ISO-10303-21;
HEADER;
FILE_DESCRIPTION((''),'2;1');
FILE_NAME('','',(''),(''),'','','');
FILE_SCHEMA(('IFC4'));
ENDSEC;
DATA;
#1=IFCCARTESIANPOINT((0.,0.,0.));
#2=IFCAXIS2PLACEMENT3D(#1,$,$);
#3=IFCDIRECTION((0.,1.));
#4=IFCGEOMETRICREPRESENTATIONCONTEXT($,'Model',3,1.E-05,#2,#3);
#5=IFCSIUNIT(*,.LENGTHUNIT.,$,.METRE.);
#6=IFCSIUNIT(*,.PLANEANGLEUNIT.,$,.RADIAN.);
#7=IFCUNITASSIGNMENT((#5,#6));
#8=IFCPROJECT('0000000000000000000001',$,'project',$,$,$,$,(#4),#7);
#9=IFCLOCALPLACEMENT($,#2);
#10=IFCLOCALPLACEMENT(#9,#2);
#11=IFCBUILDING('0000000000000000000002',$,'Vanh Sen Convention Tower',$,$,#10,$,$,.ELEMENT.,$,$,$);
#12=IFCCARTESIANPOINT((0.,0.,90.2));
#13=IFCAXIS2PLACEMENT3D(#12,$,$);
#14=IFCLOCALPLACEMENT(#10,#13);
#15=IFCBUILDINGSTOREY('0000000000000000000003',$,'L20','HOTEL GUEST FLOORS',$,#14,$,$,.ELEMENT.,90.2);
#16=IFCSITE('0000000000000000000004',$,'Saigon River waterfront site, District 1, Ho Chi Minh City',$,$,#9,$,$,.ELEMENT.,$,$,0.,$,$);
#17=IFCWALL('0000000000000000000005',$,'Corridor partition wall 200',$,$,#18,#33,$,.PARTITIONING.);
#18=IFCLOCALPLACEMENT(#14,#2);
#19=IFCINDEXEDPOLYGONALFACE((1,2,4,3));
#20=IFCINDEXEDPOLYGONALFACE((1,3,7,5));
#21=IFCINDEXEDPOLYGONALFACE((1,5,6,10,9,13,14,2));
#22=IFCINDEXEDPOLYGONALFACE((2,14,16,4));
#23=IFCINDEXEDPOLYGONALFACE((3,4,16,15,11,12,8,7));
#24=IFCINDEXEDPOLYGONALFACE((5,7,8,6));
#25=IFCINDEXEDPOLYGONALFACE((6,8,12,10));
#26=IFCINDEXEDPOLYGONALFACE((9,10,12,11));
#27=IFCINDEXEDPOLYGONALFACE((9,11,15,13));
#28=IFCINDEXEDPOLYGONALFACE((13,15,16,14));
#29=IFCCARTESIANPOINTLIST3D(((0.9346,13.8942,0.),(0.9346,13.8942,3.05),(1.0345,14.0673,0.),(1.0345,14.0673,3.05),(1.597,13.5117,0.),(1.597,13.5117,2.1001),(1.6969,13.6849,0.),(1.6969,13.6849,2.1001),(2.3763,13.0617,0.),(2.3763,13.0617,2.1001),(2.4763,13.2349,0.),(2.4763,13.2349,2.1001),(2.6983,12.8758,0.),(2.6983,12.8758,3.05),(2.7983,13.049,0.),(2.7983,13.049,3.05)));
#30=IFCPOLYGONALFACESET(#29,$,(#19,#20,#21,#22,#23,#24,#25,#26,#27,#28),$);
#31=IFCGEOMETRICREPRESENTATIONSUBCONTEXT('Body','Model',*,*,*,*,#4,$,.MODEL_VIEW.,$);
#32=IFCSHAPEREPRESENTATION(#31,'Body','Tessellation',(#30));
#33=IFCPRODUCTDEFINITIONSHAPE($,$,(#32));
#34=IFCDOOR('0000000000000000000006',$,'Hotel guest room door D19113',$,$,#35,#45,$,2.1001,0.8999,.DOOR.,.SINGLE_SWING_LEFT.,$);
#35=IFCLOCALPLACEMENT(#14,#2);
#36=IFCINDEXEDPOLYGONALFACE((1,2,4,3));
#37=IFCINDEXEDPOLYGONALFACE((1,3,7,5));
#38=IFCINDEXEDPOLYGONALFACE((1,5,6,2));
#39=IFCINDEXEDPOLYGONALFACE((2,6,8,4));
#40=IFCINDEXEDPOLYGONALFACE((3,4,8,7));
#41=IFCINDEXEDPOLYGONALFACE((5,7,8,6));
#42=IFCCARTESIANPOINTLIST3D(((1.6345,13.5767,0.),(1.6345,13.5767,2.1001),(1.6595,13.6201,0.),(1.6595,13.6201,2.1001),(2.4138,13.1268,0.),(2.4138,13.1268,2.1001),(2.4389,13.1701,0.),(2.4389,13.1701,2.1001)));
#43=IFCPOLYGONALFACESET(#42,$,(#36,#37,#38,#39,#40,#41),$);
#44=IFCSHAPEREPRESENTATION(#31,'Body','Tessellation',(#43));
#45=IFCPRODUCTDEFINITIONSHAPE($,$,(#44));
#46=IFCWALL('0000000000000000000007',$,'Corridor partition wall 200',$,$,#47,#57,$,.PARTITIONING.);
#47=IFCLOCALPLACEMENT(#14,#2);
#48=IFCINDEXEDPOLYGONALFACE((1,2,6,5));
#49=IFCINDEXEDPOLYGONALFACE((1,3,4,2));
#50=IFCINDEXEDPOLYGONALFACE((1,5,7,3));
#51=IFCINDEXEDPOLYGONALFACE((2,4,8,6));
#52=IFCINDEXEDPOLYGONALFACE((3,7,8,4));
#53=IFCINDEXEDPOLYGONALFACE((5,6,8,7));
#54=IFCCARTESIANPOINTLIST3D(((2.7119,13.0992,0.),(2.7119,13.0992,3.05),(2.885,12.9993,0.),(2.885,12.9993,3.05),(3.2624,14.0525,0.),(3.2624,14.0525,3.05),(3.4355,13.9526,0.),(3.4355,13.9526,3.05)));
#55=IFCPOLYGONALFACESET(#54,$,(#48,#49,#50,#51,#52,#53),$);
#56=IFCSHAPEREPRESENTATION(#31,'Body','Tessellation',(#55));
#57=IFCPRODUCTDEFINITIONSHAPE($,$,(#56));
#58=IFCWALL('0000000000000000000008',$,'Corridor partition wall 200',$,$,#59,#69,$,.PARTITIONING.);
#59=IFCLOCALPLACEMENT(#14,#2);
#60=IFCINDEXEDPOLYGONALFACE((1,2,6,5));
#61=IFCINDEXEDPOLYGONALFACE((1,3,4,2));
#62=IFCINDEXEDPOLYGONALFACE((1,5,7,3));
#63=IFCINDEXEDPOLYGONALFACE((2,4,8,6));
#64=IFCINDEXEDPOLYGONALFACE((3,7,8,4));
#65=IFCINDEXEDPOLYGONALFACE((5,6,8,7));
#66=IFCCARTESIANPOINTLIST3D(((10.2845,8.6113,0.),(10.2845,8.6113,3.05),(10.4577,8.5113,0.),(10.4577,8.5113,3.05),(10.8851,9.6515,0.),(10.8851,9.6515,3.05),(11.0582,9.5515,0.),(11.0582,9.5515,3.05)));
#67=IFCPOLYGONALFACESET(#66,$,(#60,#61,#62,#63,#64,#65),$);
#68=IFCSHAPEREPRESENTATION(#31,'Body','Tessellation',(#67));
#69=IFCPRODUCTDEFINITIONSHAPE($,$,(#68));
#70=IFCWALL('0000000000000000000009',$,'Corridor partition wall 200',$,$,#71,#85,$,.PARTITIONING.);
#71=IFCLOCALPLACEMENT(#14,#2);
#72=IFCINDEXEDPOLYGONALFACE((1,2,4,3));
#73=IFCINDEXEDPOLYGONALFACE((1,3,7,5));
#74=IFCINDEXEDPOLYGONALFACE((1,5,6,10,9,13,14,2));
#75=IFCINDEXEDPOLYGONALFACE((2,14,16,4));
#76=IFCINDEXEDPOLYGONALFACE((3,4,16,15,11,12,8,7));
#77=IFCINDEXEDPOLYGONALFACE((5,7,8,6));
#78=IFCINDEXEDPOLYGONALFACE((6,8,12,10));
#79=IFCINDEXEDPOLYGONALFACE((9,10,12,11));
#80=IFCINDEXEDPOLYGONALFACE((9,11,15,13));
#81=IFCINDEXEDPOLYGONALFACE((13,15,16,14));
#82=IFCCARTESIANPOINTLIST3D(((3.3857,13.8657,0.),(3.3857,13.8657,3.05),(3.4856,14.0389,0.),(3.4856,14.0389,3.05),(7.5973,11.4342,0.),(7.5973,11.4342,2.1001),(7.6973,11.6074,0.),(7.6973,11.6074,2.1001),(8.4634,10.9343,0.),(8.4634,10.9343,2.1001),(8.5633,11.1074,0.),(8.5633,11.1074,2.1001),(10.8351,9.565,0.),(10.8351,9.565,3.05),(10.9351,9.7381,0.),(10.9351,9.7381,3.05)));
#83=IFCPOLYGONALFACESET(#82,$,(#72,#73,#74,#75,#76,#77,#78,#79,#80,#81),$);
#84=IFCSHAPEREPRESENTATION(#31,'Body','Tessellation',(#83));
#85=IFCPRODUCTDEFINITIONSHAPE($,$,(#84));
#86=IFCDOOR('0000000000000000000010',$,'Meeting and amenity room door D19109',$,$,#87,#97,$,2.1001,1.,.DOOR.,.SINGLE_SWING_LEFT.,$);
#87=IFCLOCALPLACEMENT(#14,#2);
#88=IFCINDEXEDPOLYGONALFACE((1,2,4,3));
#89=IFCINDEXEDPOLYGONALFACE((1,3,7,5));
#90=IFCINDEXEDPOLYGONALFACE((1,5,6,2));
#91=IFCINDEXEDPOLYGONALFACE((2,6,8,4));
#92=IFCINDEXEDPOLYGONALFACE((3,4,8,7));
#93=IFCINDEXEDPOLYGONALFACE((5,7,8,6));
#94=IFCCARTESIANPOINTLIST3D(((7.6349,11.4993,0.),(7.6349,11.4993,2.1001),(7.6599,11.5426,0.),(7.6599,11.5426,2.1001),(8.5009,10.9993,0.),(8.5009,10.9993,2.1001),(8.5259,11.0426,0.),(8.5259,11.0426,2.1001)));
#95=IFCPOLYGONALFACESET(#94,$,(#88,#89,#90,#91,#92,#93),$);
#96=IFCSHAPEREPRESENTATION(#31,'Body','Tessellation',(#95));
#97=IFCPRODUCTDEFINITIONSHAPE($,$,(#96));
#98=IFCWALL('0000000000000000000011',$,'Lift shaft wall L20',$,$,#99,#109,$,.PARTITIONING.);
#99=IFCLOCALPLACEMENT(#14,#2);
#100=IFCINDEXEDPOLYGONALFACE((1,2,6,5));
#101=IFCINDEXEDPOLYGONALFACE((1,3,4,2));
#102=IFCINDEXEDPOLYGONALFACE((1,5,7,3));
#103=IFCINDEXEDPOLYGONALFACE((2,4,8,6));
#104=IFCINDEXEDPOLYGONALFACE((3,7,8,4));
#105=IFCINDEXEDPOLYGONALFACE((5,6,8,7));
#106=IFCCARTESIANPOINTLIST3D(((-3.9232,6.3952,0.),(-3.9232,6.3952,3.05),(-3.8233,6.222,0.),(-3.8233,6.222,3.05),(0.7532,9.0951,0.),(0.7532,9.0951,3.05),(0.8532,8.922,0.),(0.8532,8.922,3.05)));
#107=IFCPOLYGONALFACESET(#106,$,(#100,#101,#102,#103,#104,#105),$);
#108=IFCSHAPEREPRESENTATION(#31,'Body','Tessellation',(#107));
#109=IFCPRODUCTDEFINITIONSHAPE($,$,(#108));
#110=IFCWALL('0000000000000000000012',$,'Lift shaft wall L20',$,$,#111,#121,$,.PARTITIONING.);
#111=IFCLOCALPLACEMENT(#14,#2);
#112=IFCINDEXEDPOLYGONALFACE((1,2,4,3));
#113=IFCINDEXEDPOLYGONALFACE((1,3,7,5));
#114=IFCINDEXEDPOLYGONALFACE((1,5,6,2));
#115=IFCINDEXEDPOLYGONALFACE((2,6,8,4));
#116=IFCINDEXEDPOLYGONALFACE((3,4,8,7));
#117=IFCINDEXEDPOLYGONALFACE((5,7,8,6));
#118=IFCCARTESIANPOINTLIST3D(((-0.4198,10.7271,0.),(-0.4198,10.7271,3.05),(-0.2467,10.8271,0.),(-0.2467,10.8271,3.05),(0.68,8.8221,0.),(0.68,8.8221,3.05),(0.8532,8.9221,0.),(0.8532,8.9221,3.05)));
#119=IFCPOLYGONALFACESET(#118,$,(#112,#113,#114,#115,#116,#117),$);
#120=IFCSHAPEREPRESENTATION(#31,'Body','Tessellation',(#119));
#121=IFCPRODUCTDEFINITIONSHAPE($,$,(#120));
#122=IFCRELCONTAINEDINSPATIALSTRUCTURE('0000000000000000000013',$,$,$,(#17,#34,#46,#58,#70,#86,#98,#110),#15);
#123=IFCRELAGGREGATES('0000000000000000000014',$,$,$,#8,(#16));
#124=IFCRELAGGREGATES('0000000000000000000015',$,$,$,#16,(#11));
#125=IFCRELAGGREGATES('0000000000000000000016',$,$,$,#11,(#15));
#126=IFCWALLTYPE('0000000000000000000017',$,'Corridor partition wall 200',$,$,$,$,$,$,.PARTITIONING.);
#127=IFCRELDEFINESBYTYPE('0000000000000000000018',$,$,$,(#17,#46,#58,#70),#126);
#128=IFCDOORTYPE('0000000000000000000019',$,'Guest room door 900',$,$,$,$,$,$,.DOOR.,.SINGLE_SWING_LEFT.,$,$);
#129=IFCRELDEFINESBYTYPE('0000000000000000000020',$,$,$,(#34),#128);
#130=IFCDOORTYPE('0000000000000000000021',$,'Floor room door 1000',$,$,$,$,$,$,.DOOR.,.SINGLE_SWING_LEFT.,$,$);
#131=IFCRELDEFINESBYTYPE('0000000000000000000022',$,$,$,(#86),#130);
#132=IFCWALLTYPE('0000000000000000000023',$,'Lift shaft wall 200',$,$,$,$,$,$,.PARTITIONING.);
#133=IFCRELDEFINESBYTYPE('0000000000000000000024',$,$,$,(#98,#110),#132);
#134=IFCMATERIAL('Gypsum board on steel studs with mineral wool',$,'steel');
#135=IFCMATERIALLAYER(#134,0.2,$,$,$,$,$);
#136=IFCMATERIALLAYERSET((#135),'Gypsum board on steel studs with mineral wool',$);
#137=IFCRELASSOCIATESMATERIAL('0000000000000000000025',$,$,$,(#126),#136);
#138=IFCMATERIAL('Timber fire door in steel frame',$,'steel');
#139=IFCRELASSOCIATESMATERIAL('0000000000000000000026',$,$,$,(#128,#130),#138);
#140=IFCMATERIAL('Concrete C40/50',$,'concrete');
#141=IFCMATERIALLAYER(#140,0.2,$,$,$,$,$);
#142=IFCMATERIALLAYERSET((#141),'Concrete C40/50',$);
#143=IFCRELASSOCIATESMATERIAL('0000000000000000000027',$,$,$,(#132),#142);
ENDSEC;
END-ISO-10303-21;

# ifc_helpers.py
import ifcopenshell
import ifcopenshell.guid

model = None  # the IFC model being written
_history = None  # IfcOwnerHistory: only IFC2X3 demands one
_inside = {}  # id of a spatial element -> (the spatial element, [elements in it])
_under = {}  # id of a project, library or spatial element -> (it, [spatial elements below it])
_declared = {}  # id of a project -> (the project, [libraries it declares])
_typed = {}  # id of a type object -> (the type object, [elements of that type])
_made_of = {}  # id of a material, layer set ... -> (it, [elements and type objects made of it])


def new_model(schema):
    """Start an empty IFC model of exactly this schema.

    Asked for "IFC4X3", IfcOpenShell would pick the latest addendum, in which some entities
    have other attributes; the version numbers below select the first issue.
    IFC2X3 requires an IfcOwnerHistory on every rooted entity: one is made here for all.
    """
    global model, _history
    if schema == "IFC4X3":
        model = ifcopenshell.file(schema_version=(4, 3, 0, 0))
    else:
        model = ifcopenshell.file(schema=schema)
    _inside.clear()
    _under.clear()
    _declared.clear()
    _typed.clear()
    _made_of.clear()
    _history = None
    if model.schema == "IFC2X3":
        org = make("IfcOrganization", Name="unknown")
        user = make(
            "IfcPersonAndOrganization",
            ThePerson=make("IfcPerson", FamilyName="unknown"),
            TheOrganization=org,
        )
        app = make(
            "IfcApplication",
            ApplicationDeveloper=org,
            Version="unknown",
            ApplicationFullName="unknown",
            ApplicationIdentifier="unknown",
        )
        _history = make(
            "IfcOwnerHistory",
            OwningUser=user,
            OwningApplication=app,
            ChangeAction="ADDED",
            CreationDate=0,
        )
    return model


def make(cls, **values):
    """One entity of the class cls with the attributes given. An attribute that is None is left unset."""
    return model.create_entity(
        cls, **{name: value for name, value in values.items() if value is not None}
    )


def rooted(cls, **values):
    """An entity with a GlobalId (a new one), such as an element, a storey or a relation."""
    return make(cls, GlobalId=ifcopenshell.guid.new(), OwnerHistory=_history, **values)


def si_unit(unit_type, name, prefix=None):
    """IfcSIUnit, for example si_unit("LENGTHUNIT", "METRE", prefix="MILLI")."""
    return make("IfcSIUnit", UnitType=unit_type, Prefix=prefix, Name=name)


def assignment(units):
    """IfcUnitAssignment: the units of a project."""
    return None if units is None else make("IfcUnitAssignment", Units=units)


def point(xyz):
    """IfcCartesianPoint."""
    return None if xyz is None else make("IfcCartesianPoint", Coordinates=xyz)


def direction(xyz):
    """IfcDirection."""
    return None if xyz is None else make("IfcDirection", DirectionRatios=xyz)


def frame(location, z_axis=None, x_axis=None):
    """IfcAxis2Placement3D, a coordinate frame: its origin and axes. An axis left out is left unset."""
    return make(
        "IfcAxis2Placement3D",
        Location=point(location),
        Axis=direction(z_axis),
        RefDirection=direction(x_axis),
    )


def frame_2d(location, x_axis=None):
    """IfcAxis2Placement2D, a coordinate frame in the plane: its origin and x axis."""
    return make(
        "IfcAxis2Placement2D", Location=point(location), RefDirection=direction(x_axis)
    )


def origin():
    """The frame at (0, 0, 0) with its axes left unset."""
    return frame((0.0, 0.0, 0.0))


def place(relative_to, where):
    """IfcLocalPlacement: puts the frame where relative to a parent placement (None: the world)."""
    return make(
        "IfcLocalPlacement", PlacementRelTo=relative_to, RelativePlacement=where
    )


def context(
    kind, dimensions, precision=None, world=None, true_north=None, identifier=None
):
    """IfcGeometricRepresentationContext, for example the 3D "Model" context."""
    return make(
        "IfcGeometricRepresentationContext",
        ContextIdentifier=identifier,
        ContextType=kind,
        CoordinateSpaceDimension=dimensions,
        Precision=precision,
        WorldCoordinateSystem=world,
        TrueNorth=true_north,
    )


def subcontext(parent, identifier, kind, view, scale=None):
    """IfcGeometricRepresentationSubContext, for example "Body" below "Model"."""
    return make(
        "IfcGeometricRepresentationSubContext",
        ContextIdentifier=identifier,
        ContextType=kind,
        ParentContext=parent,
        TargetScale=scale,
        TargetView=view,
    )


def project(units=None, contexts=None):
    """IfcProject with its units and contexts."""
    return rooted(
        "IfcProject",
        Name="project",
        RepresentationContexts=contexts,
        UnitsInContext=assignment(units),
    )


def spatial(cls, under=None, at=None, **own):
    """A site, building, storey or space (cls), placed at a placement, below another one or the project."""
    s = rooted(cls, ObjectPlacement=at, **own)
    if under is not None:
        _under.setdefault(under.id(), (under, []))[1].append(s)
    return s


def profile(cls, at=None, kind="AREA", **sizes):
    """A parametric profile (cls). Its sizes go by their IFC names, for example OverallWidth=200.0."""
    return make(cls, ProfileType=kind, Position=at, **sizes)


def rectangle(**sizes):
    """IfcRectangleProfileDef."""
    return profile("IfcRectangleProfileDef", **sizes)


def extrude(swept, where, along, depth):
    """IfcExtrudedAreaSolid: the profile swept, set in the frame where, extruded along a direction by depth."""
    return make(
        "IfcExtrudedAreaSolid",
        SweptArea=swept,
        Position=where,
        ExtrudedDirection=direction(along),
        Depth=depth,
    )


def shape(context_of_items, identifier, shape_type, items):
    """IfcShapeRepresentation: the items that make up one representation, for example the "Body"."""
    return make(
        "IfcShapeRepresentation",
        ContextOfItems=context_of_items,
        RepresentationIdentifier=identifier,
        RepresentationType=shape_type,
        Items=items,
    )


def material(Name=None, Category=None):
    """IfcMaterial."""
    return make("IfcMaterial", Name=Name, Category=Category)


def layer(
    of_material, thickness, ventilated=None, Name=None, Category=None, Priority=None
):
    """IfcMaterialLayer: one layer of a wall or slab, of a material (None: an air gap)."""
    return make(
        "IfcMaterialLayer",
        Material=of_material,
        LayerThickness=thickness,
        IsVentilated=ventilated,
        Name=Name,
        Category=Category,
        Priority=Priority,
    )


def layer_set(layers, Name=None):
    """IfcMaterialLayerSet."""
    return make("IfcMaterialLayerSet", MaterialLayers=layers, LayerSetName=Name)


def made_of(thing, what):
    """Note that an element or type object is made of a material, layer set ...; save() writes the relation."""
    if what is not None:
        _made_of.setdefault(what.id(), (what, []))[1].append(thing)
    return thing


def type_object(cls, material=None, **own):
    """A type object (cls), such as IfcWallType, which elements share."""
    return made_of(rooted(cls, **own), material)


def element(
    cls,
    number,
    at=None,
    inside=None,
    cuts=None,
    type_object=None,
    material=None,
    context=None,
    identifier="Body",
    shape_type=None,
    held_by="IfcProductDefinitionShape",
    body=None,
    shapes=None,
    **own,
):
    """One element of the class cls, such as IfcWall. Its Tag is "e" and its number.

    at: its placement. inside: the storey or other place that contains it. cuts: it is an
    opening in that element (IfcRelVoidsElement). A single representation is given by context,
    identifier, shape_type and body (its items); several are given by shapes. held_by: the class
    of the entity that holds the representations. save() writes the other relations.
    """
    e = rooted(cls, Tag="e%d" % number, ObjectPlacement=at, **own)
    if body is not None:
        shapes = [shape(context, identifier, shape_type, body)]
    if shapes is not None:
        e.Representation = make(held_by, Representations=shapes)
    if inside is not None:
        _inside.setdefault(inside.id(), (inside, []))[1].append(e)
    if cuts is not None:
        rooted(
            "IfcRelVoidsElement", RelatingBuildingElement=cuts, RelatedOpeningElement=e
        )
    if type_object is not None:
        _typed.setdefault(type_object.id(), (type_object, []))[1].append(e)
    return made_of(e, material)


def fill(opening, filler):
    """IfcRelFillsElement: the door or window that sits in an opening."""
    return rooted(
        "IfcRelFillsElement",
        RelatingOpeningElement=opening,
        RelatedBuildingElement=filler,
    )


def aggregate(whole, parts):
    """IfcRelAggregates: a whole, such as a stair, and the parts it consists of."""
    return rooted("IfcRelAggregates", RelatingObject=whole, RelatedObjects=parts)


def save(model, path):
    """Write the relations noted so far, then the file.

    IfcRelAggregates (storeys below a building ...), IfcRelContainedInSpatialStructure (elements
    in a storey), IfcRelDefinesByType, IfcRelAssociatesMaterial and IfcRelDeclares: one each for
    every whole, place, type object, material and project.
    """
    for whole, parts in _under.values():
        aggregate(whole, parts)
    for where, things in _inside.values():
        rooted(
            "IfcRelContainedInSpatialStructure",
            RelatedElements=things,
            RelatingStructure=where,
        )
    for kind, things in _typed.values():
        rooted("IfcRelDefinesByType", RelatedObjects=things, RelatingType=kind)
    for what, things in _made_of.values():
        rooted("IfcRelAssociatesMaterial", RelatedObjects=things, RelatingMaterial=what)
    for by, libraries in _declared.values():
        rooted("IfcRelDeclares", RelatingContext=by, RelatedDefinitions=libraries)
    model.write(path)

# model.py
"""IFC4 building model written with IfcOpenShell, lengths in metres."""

from ifc_helpers import new_model, si_unit, direction, frame, frame_2d, origin, place, context, subcontext, project, spatial, rectangle, extrude, material, layer, layer_set, type_object, element, fill, save


model = new_model("IFC4")

# Units and contexts
model_context = context("Model", 3, precision=1e-05, world=origin(), true_north=direction((0.0, 1.0)))
body_context = subcontext(model_context, "Body", "Model", "MODEL_VIEW")
ifc_project = project(units=[si_unit("LENGTHUNIT", "METRE"), si_unit("PLANEANGLEUNIT", "RADIAN")], contexts=[model_context])

# Site, building, storey
site_placement = place(None, origin())
site = spatial("IfcSite", under=ifc_project, at=site_placement, Name="Saigon River waterfront site, District 1, Ho Chi Minh City", CompositionType="ELEMENT", RefElevation=0.0)
building_placement = place(site_placement, origin())
building = spatial("IfcBuilding", under=site, at=building_placement, Name="Vanh Sen Convention Tower", CompositionType="ELEMENT")
storey_placement = place(building_placement, frame((0.0, 0.0, 90.2)))
storey = spatial("IfcBuildingStorey", under=building, at=storey_placement, Name="L20", Description="HOTEL GUEST FLOORS", CompositionType="ELEMENT", Elevation=90.2)

# Wall, opening, door
ifc_material_1 = material(Name="Gypsum board on steel studs with mineral wool", Category="steel")
ifc_layer_1 = layer(ifc_material_1, 0.2)
ifc_layer_set_1 = layer_set([ifc_layer_1], Name="Gypsum board on steel studs with mineral wool")
wall_type_1 = type_object("IfcWallType", Name="Corridor partition wall 200", PredefinedType="PARTITIONING", material=ifc_layer_set_1)
ifc_material_2 = material(Name="Timber fire door in steel frame", Category="steel")
door_type_1 = type_object("IfcDoorType", Name="Guest room door 900", OperationType="SINGLE_SWING_LEFT", PredefinedType="DOOR", material=ifc_material_2)
wall_1_placement = place(storey_placement, frame((2.7483, 12.9624, 0.0), z_axis=(0.0, 0.0, 1.0), x_axis=(-0.866014, 0.50002, 0.0)))
wall_1 = element("IfcWall", 1, at=wall_1_placement, inside=storey, type_object=wall_type_1, Name="Corridor partition wall 200", PredefinedType="PARTITIONING", context=body_context, shape_type="SweptSolid", body=[
    extrude(rectangle(XDim=2.0366, YDim=0.2, at=frame_2d((1.0183, 0.0))), origin(), (0.0, 0.0, 1.0), 3.05),
])
opening_1_placement = place(wall_1_placement, frame((0.3718, 0.0, 0.0)))
opening_1 = element("IfcOpeningElement", 2, at=opening_1_placement, cuts=wall_1, PredefinedType="OPENING", context=body_context, shape_type="SweptSolid", body=[
    extrude(rectangle(XDim=0.8999, YDim=2.1001, at=frame_2d((0.45, 1.05))), frame((0.0, 0.1099, 0.0), z_axis=(0.0, -1.0, 0.0), x_axis=(1.0, 0.0, 0.0)), (0.0, 0.0, 1.0), 0.22),
])
door_1_placement = place(opening_1_placement, origin())
door_1 = element("IfcDoor", 3, at=door_1_placement, inside=storey, type_object=door_type_1, Name="Hotel guest room door D19113", OperationType="SINGLE_SWING_LEFT", OverallHeight=2.1001, OverallWidth=0.8999, PredefinedType="DOOR", context=body_context, shape_type="SweptSolid", body=[
    extrude(rectangle(XDim=0.8999, YDim=2.1001, at=frame_2d((0.45, 1.05))), frame((0.0, 0.0249, 0.0), z_axis=(0.0, -1.0, 0.0), x_axis=(1.0, 0.0, 0.0)), (0.0, 0.0, 1.0), 0.05),
])
fill(opening_1, door_1)

# Walls
wall_2_placement = place(storey_placement, frame((3.3489, 14.0024, 0.0), z_axis=(0.0, 0.0, 1.0), x_axis=(-0.500074, -0.865982, 0.0)))
element("IfcWall", 4, at=wall_2_placement, inside=storey, type_object=wall_type_1, Name="Corridor partition wall 200", PredefinedType="PARTITIONING", context=body_context, shape_type="SweptSolid", body=[
    extrude(rectangle(XDim=1.1008, YDim=0.2, at=frame_2d((0.5503, 0.0))), origin(), (0.0, 0.0, 1.0), 3.05),
])
wall_3_placement = place(storey_placement, frame((10.3711, 8.5613, 0.0), z_axis=(0.0, 0.0, 1.0), x_axis=(0.499986, 0.866033, 0.0)))
element("IfcWall", 5, at=wall_3_placement, inside=storey, type_object=wall_type_1, Name="Corridor partition wall 200", PredefinedType="PARTITIONING", context=body_context, shape_type="SweptSolid", body=[
    extrude(rectangle(XDim=1.2012, YDim=0.2, at=frame_2d((0.6006, 0.0))), origin(), (0.0, 0.0, 1.0), 3.05),
])

# Wall, opening, door
wall_4_placement = place(storey_placement, frame((10.885, 9.6516, 0.0), z_axis=(0.0, 0.0, 1.0), x_axis=(-0.866034, 0.499985, 0.0)))
wall_4 = element("IfcWall", 6, at=wall_4_placement, inside=storey, type_object=wall_type_1, Name="Corridor partition wall 200", PredefinedType="PARTITIONING", context=body_context, shape_type="SweptSolid", body=[
    extrude(rectangle(XDim=8.6018, YDim=0.2, at=frame_2d((4.3008, 0.0))), origin(), (0.0, 0.0, 1.0), 3.05),
])
opening_2_placement = place(wall_4_placement, frame((2.7385, 0.0, 0.0)))
opening_2 = element("IfcOpeningElement", 7, at=opening_2_placement, cuts=wall_4, PredefinedType="OPENING", context=body_context, shape_type="SweptSolid", body=[
    extrude(rectangle(XDim=1.0, YDim=2.1001, at=frame_2d((0.5, 1.05))), frame((0.0, 0.1099, 0.0), z_axis=(0.0, -1.0, 0.0), x_axis=(1.0, 0.0, 0.0)), (0.0, 0.0, 1.0), 0.22),
])
door_type_2 = type_object("IfcDoorType", Name="Floor room door 1000", OperationType="SINGLE_SWING_LEFT", PredefinedType="DOOR", material=ifc_material_2)
door_2_placement = place(opening_2_placement, origin())
door_2 = element("IfcDoor", 8, at=door_2_placement, inside=storey, type_object=door_type_2, Name="Meeting and amenity room door D19109", OperationType="SINGLE_SWING_LEFT", OverallHeight=2.1001, OverallWidth=1.0, PredefinedType="DOOR", context=body_context, shape_type="SweptSolid", body=[
    extrude(rectangle(XDim=1.0, YDim=2.1001, at=frame_2d((0.5, 1.05))), frame((0.0, 0.0249, 0.0), z_axis=(0.0, -1.0, 0.0), x_axis=(1.0, 0.0, 0.0)), (0.0, 0.0, 1.0), 0.05),
])
fill(opening_2, door_2)

# Walls
ifc_material_3 = material(Name="Concrete C40/50", Category="concrete")
ifc_layer_2 = layer(ifc_material_3, 0.2)
ifc_layer_set_2 = layer_set([ifc_layer_2], Name="Concrete C40/50")
wall_type_2 = type_object("IfcWallType", Name="Lift shaft wall 200", PredefinedType="PARTITIONING", material=ifc_layer_set_2)
wall_5_placement = place(storey_placement, frame((0.8032, 9.0085, 0.0), z_axis=(0.0, 0.0, 1.0), x_axis=(-0.866028, -0.499995, 0.0)))
element("IfcWall", 9, at=wall_5_placement, inside=storey, type_object=wall_type_2, Name="Lift shaft wall L20", PredefinedType="PARTITIONING", context=body_context, shape_type="SweptSolid", body=[
    extrude(rectangle(XDim=5.3999, YDim=0.2, at=frame_2d((2.7, 0.0))), origin(), (0.0, 0.0, 1.0), 3.05),
])
wall_6_placement = place(storey_placement, frame((0.7666, 8.8721, 0.0), z_axis=(0.0, 0.0, 1.0), x_axis=(-0.499995, 0.866028, 0.0)))
element("IfcWall", 10, at=wall_6_placement, inside=storey, type_object=wall_type_2, Name="Lift shaft wall L20", PredefinedType="PARTITIONING", context=body_context, shape_type="SweptSolid", body=[
    extrude(rectangle(XDim=2.1997, YDim=0.2, at=frame_2d((1.0999, 0.0))), origin(), (0.0, 0.0, 1.0), 3.05),
])

save(model, "model.ifc")
